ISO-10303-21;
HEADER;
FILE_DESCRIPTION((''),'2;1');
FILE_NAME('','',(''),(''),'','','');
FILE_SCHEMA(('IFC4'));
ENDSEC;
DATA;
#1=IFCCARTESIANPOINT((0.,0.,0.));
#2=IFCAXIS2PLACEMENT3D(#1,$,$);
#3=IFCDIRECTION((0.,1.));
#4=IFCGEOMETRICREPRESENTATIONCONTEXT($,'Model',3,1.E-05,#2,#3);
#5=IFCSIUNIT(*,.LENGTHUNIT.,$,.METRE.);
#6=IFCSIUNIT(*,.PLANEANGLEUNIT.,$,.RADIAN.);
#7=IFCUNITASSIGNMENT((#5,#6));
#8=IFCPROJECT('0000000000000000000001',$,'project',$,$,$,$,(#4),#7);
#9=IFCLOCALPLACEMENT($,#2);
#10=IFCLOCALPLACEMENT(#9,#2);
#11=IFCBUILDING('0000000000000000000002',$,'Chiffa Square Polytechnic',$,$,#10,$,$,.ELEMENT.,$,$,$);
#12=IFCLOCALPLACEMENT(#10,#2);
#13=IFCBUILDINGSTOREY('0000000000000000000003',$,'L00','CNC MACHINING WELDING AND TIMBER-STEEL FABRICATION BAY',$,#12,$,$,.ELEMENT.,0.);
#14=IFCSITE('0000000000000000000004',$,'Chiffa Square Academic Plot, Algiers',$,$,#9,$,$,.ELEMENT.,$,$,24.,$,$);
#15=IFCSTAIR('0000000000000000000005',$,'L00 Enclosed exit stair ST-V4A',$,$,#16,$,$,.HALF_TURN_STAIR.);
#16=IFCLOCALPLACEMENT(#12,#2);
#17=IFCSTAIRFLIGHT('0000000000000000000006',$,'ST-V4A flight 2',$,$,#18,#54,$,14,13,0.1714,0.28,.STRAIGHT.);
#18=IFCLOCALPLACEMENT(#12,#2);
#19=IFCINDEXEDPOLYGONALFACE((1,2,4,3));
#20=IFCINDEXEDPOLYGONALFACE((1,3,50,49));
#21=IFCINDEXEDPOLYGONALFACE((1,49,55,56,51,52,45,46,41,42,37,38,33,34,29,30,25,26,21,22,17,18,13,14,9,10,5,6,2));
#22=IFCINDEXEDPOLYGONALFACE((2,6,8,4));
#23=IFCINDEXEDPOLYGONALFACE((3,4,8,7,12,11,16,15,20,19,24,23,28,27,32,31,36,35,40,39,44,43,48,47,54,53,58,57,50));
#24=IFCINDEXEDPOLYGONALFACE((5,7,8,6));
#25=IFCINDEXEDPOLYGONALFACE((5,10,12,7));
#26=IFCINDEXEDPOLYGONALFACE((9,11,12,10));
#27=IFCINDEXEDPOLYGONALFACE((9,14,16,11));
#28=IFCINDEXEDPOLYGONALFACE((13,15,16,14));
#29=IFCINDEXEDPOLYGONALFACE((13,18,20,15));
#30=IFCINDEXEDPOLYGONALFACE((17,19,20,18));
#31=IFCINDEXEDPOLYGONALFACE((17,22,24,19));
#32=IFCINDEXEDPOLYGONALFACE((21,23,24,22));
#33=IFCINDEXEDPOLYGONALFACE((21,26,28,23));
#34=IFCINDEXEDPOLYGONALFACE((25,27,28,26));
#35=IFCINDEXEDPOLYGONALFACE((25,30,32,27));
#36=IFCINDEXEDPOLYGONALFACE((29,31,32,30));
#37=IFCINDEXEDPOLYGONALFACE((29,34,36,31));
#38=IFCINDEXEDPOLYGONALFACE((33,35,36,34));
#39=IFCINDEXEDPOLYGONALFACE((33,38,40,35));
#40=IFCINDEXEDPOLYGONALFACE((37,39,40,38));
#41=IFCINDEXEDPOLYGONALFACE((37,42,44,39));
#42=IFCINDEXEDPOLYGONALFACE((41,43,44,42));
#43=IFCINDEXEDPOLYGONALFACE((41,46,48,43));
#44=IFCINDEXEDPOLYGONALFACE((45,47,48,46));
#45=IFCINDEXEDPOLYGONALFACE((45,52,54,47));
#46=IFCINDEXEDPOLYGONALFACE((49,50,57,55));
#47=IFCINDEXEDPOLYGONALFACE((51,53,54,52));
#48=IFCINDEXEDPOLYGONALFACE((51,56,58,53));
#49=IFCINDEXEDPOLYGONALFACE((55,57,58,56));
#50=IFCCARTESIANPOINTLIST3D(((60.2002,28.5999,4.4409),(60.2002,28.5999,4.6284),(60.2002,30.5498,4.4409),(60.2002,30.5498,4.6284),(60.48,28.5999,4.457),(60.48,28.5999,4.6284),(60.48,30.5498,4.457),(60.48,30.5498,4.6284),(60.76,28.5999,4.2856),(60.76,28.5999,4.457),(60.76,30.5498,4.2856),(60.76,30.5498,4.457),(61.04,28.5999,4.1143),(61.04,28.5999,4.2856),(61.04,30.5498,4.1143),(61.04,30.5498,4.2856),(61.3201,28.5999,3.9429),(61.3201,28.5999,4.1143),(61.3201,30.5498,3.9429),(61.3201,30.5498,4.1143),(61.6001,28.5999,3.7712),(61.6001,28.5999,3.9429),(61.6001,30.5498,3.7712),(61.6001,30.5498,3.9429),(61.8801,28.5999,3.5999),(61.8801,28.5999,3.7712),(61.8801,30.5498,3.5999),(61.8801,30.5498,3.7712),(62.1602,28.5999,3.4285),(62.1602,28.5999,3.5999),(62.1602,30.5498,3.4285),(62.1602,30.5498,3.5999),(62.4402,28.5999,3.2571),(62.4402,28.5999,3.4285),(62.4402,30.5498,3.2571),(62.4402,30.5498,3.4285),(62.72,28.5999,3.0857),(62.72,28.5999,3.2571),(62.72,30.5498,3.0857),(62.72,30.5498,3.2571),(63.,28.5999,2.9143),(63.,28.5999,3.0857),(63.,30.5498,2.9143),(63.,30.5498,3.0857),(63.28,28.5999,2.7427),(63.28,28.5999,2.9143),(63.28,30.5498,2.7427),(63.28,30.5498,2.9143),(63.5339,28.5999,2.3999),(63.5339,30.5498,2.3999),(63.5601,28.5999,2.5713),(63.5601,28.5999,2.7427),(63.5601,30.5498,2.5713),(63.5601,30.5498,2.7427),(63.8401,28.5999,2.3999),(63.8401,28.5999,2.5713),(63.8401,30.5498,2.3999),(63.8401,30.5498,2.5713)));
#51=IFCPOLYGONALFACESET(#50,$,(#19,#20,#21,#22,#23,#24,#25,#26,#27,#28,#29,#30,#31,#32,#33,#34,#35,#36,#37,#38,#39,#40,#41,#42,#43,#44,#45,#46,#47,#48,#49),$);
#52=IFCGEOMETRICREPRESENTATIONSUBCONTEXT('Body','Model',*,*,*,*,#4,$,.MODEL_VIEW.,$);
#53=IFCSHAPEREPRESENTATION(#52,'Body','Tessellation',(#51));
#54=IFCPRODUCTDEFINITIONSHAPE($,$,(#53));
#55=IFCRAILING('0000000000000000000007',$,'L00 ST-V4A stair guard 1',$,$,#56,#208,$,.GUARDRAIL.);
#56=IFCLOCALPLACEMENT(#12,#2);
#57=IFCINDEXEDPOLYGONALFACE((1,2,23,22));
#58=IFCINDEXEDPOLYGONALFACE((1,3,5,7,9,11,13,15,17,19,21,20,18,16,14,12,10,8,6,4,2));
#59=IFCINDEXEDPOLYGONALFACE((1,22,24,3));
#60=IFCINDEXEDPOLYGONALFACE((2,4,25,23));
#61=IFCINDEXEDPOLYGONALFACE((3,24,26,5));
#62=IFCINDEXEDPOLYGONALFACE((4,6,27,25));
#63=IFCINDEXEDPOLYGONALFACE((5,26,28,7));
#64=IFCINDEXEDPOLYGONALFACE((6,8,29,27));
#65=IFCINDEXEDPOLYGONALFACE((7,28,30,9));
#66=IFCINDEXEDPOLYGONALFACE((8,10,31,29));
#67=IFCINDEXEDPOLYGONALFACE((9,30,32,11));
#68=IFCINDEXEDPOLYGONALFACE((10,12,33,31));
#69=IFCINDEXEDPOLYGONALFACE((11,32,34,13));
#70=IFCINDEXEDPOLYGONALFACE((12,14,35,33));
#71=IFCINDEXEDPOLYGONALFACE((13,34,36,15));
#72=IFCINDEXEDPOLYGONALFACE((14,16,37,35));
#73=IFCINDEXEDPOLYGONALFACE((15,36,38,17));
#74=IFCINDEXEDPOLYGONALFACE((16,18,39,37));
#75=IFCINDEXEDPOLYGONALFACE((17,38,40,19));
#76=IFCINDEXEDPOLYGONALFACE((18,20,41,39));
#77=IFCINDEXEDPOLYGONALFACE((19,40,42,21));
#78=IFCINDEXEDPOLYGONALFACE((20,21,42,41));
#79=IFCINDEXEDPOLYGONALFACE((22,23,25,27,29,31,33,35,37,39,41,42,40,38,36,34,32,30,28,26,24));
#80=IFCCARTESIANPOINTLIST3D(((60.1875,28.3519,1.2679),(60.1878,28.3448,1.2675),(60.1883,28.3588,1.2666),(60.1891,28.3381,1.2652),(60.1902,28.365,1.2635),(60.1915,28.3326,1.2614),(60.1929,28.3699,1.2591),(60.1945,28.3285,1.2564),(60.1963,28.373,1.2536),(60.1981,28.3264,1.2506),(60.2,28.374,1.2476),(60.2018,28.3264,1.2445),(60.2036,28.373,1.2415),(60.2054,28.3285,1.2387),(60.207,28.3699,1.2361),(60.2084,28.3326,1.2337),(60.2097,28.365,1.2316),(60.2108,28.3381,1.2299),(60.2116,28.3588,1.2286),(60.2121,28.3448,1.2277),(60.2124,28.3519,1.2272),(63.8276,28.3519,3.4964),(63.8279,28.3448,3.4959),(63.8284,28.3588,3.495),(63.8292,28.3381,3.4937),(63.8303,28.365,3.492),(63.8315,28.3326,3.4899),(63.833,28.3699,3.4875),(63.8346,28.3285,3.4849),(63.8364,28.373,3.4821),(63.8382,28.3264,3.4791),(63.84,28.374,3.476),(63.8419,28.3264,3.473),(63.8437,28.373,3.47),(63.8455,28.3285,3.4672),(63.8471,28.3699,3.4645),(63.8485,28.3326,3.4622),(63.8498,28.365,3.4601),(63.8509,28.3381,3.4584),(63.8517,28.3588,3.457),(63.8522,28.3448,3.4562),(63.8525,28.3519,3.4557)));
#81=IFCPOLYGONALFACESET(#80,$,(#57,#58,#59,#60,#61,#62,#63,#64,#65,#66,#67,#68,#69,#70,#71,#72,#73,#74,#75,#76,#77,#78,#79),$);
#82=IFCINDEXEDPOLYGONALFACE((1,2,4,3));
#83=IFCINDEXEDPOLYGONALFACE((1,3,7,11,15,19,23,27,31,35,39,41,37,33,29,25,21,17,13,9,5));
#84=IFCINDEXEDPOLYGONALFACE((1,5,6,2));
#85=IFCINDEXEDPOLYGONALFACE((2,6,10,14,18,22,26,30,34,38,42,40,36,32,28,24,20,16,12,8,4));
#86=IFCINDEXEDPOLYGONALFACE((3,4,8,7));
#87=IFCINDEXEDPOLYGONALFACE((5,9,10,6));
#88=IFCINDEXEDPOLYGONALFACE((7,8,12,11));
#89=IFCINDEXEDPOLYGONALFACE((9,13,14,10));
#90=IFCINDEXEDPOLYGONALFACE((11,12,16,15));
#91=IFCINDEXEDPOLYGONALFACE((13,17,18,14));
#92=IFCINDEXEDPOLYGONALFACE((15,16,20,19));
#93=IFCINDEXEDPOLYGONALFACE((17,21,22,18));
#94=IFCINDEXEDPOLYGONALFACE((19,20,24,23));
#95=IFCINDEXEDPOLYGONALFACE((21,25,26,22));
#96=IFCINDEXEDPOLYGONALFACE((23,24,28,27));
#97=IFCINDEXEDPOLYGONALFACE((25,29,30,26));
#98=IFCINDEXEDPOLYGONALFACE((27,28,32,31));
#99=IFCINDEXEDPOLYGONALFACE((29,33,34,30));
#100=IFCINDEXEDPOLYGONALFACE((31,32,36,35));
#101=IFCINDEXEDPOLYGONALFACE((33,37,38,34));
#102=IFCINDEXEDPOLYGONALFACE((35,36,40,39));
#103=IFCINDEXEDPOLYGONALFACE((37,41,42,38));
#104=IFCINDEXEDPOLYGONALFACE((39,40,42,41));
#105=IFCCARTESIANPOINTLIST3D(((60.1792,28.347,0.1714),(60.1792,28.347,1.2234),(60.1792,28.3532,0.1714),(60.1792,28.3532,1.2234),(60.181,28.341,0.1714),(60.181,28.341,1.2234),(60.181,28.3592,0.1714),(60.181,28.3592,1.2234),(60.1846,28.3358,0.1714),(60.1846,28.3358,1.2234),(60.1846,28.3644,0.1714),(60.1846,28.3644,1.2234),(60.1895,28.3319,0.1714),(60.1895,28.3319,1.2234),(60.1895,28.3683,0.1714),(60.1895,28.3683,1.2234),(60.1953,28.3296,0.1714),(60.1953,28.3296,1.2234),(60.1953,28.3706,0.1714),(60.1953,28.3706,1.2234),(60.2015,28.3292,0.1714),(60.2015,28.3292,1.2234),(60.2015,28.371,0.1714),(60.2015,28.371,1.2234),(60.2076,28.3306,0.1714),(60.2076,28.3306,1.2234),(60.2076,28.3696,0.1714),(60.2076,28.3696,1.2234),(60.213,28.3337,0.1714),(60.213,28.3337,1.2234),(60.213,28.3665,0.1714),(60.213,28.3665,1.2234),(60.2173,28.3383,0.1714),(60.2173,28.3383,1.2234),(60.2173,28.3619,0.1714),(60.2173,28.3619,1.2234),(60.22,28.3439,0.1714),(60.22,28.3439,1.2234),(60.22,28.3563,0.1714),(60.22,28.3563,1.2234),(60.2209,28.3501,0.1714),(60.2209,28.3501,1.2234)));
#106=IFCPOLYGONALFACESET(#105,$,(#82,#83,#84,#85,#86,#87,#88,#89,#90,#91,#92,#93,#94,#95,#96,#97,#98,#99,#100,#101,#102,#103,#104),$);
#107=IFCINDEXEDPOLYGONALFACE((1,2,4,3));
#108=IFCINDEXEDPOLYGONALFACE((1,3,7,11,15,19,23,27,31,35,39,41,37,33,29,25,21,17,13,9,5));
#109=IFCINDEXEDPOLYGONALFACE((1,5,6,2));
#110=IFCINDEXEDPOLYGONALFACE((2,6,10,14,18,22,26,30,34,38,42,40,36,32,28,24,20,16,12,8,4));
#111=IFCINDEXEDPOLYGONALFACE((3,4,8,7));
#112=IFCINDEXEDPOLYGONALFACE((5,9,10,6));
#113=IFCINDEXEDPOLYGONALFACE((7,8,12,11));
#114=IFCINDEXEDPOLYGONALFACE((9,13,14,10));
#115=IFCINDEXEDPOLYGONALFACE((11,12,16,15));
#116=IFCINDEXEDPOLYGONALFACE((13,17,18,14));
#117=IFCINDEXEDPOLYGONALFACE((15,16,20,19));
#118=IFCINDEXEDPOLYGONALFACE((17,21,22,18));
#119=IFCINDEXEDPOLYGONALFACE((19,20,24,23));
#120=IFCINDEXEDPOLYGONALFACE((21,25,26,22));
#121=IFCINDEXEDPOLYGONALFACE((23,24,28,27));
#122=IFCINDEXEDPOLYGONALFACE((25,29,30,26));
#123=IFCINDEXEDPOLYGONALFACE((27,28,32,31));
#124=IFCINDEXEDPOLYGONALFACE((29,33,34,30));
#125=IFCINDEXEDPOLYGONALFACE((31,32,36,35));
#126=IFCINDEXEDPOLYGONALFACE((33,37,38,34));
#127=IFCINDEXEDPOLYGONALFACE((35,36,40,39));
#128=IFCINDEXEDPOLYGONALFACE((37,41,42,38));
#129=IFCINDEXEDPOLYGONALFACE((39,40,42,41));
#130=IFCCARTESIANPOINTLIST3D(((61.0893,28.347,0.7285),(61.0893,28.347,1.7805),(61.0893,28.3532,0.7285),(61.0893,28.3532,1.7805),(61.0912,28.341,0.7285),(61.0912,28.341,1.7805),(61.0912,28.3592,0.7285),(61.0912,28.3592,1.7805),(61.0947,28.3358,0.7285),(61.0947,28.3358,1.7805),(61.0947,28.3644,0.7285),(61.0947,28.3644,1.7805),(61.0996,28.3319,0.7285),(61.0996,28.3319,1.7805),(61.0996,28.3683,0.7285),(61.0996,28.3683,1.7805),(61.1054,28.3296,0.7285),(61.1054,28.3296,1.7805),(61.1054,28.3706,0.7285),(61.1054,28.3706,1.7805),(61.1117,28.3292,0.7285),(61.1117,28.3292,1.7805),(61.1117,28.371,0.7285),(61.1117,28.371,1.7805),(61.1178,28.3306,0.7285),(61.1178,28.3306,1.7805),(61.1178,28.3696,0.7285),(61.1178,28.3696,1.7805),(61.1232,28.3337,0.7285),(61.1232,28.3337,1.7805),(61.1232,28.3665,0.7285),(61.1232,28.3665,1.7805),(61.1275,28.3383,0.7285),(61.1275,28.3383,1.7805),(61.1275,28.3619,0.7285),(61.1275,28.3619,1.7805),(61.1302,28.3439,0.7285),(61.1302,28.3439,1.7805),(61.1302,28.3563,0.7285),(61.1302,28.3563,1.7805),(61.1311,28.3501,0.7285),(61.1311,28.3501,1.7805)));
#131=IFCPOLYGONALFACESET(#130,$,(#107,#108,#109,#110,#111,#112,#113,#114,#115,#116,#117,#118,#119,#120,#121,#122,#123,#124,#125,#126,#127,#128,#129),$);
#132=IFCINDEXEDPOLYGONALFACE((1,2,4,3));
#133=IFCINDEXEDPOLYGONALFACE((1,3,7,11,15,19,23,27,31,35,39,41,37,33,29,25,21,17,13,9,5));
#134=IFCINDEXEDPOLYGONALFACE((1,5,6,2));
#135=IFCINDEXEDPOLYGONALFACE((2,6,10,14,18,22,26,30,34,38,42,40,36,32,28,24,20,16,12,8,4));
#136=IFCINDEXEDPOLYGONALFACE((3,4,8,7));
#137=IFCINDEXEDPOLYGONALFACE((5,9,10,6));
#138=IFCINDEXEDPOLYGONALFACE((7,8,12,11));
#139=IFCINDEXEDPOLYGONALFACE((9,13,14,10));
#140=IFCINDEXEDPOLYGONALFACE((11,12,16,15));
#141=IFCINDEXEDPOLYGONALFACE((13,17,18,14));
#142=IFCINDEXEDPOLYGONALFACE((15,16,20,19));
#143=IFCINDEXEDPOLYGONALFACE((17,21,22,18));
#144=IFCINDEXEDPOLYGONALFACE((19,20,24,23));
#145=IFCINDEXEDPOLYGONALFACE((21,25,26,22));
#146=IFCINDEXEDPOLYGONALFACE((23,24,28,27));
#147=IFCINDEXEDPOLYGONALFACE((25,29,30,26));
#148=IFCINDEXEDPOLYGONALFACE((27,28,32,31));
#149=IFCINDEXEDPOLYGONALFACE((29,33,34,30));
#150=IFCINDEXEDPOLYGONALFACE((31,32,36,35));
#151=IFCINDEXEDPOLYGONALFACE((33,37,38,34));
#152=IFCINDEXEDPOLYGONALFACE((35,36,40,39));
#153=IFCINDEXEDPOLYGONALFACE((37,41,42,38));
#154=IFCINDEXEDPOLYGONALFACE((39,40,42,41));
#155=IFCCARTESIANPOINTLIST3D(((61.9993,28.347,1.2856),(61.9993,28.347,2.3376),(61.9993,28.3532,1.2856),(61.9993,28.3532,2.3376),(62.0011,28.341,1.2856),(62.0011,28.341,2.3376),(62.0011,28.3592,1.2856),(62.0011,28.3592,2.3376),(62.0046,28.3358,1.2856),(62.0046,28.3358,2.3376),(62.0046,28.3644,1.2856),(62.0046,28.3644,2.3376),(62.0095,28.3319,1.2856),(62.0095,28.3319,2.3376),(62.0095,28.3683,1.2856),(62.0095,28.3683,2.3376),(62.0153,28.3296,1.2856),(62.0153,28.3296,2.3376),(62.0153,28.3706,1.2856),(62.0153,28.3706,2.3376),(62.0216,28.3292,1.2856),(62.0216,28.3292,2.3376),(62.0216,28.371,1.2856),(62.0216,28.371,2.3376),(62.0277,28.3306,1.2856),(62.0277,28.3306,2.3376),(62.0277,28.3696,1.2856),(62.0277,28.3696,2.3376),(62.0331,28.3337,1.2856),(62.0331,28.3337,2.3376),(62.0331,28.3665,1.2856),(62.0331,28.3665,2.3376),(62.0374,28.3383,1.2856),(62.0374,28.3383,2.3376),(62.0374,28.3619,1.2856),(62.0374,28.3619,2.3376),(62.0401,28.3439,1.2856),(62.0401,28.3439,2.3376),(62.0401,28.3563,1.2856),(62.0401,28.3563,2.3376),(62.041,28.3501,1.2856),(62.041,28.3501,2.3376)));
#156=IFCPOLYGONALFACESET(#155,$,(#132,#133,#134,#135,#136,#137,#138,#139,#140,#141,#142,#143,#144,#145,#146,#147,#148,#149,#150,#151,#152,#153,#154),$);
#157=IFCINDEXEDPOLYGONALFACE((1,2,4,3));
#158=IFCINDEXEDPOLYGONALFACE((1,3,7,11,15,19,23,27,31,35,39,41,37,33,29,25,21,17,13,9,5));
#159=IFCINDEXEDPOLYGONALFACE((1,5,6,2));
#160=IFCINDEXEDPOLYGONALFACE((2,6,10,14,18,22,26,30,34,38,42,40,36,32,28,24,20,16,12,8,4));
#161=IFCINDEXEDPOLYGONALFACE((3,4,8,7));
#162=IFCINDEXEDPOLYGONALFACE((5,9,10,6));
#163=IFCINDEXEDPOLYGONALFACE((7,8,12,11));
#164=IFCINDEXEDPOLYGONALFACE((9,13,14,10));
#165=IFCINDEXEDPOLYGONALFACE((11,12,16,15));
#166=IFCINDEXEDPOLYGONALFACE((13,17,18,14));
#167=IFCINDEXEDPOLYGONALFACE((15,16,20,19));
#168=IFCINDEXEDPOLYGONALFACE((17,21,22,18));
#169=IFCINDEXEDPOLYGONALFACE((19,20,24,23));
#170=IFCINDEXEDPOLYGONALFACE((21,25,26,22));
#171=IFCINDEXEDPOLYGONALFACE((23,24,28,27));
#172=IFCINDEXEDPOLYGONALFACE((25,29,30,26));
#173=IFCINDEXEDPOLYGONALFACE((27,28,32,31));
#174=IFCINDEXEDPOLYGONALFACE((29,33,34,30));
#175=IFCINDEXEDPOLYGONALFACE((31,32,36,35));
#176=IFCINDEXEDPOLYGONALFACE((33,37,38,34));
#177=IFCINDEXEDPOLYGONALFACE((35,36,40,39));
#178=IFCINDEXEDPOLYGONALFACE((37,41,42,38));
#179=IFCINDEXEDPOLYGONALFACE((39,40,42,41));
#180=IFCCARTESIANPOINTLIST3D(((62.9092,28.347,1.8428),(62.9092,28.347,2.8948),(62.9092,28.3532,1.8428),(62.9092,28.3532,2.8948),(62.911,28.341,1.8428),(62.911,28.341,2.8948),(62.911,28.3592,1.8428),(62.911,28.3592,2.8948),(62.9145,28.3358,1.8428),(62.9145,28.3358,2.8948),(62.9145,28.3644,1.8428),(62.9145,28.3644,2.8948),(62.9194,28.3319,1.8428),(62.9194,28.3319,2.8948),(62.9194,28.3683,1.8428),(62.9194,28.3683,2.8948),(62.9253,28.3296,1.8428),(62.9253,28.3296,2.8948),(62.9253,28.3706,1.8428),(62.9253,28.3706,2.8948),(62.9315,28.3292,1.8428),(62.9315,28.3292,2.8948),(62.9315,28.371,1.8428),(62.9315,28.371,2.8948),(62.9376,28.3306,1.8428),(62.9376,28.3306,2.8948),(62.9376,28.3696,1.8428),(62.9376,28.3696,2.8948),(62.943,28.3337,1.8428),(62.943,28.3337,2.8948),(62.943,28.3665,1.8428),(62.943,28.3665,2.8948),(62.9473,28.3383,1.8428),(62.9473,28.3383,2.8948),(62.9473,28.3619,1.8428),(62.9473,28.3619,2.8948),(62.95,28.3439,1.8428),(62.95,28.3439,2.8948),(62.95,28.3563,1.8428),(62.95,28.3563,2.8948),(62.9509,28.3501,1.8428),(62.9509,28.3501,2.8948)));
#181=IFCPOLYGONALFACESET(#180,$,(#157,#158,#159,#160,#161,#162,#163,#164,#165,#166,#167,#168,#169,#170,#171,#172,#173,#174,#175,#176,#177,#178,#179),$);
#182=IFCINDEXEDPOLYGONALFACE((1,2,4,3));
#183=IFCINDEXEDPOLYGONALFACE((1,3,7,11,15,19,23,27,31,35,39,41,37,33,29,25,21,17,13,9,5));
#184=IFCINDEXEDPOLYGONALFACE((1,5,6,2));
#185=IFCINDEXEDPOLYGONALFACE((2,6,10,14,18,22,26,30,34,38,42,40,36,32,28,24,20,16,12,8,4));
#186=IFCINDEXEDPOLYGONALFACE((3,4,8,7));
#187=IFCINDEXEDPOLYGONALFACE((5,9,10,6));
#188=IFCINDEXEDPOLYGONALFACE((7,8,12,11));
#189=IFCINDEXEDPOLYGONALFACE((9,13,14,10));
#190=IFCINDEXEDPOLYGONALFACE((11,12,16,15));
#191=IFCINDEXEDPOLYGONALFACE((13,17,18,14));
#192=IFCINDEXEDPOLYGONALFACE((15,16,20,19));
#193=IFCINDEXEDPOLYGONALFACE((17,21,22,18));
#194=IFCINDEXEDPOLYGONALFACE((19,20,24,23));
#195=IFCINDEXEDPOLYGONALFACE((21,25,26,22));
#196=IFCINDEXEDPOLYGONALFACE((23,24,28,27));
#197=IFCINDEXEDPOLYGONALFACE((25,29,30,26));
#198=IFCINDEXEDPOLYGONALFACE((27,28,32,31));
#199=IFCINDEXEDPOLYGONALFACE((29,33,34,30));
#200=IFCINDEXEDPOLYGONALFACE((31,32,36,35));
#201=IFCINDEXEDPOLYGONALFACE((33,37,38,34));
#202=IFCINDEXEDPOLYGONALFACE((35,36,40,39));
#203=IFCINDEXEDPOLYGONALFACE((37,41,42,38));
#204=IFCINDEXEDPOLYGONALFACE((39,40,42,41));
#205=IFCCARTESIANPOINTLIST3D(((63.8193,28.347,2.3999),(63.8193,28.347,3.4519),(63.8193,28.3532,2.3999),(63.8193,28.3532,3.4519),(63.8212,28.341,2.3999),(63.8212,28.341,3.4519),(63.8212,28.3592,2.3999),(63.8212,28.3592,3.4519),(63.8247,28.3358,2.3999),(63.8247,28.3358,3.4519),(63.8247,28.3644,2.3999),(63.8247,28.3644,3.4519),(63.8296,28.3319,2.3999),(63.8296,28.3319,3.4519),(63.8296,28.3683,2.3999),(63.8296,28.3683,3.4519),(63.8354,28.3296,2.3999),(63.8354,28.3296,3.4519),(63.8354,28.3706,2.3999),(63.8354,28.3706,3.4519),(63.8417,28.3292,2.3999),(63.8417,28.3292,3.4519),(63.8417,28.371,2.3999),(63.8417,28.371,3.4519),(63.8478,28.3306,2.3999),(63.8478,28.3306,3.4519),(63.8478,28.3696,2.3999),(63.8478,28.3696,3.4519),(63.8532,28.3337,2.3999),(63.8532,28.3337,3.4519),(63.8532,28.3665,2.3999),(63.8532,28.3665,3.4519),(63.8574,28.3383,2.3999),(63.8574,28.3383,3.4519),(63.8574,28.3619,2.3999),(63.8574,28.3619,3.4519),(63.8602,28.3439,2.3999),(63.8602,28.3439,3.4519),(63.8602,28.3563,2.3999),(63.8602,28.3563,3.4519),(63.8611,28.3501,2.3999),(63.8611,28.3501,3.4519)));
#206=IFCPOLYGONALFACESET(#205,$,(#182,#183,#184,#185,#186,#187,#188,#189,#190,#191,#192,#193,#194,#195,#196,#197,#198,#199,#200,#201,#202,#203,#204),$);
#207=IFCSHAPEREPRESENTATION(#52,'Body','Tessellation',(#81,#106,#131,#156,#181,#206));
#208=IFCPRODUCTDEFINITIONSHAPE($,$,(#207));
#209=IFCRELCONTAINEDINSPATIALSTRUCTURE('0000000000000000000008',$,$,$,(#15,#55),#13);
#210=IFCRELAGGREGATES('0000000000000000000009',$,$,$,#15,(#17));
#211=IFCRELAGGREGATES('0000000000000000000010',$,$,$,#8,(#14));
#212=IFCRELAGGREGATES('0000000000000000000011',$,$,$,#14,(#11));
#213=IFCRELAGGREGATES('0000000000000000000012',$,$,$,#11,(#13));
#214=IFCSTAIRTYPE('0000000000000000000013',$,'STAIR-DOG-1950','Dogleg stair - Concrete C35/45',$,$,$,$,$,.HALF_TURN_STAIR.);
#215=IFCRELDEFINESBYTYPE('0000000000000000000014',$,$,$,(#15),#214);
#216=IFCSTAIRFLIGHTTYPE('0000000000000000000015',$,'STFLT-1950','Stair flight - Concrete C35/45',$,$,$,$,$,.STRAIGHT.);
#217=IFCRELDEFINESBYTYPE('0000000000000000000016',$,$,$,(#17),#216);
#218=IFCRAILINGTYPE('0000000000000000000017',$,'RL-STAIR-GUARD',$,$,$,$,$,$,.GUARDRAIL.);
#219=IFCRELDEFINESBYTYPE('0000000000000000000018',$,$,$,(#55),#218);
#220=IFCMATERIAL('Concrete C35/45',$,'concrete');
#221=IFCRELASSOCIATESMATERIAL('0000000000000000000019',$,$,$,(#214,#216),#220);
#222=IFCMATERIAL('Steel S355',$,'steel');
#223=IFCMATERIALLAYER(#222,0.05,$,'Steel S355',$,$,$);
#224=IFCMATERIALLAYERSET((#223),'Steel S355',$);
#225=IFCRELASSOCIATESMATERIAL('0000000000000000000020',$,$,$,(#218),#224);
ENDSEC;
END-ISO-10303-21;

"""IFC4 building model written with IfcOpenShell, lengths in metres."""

from ifc_helpers import new_model, si_unit, direction, frame, origin, origin_2d, place, context, subcontext, project, spatial, polyline, circle, outline, extrude, material, layer, layer_set, type_object, element, aggregate, save


model = new_model("IFC4")

# Units and contexts
model_context = context("Model", 3, precision=1e-05, world=origin(), true_north=direction((0.0, 1.0)))
body_context = subcontext(model_context, "Body", "Model", "MODEL_VIEW")
ifc_project = project(units=[si_unit("LENGTHUNIT", "METRE"), si_unit("PLANEANGLEUNIT", "RADIAN")], contexts=[model_context])

# Site, building, storey
site_placement = place(None, origin())
site = spatial("IfcSite", under=ifc_project, at=site_placement, Name="Chiffa Square Academic Plot, Algiers", CompositionType="ELEMENT", RefElevation=24.0)
building_placement = place(site_placement, origin())
building = spatial("IfcBuilding", under=site, at=building_placement, Name="Chiffa Square Polytechnic", CompositionType="ELEMENT")
storey_placement = place(building_placement, origin())
storey = spatial("IfcBuildingStorey", under=building, at=storey_placement, Name="L00", Description="CNC MACHINING WELDING AND TIMBER-STEEL FABRICATION BAY", CompositionType="ELEMENT", Elevation=0.0)

# Shared definitions
ifc_material_1 = material(Name="Concrete C35/45", Category="concrete")

# Stair, stair flight
stair_type = type_object("IfcStairType", Name="STAIR-DOG-1950", Description="Dogleg stair - Concrete C35/45", PredefinedType="HALF_TURN_STAIR", material=ifc_material_1)
stair_placement = place(storey_placement, origin())
stair = element("IfcStair", 1, at=stair_placement, inside=storey, type_object=stair_type, Name="L00 Enclosed exit stair ST-V4A", PredefinedType="HALF_TURN_STAIR")
stair_flight_type = type_object("IfcStairFlightType", Name="STFLT-1950", Description="Stair flight - Concrete C35/45", PredefinedType="STRAIGHT", material=ifc_material_1)
stair_flight_1_placement = place(storey_placement, frame((63.8401, 29.575, 2.3999), z_axis=(0.0, 0.0, 1.0), x_axis=(-1.0, 0.0, 0.0)))
stair_flight_1 = element("IfcStairFlight", 2, at=stair_flight_1_placement, type_object=stair_flight_type, Name="ST-V4A flight 2", NumberOfRisers=14, NumberOfTreads=13, PredefinedType="STRAIGHT", RiserHeight=0.1714, TreadLength=0.28, context=body_context, shape_type="SweptSolid", body=[
    extrude(outline(polyline([(0.0, 0.0), (0.0, 0.1714), (0.28, 0.1714), (0.28, 0.3428), (0.5601, 0.3428), (0.5601, 0.5144), (0.8401, 0.5144), (0.8401, 0.6858), (1.1201, 0.6858), (1.1201, 0.8572), (1.3999, 0.8572), (1.3999, 1.0286), (1.6799, 1.0286), (1.6799, 1.2), (1.96, 1.2), (1.96, 1.3713), (2.24, 1.3713), (2.24, 1.543), (2.52, 1.543), (2.52, 1.7144), (2.8, 1.7144), (2.8, 1.8857), (3.0801, 1.8857), (3.0801, 2.0571), (3.3601, 2.0571), (3.3601, 2.2285), (3.6399, 2.2285), (3.6399, 2.3999), (3.6399, 2.041), (0.3062, 0.0), (0.0, 0.0)])), frame((0.0, 0.9751, 0.0), z_axis=(0.0, -1.0, 0.0), x_axis=(1.0, 0.0, 0.0)), (0.0, 0.0, 1.0), 1.95),
])
aggregate(stair, [stair_flight_1])

# Railing
ifc_material_2 = material(Name="Steel S355", Category="steel")
ifc_layer_1 = layer(ifc_material_2, 0.05, Name="Steel S355")
ifc_layer_set_1 = layer_set([ifc_layer_1], Name="Steel S355")
railing_type_1 = type_object("IfcRailingType", Name="RL-STAIR-GUARD", PredefinedType="GUARDRAIL", material=ifc_layer_set_1)
railing_1_placement = place(storey_placement, frame((60.2, 28.3501, 0.1714)))
element("IfcRailing", 3, at=railing_1_placement, inside=storey, type_object=railing_type_1, Name="L00 ST-V4A stair guard 1", PredefinedType="GUARDRAIL", context=body_context, shape_type="SweptSolid", body=[
    extrude(circle(Radius=0.0239, at=origin_2d()), frame((0.0, 0.0, 1.0762), z_axis=(0.852866, 0.0, 0.52213), x_axis=(0.0, 1.0, 0.0)), (0.0, 0.0, 1.0), 4.2681),
    extrude(circle(Radius=0.021, at=origin_2d()), origin(), (0.0, 0.0, 1.0), 1.052),
    extrude(circle(Radius=0.021, at=origin_2d()), frame((0.9102, 0.0, 0.5571)), (0.0, 0.0, 1.0), 1.052),
    extrude(circle(Radius=0.021, at=origin_2d()), frame((1.8201, 0.0, 1.1143)), (0.0, 0.0, 1.0), 1.052),
    extrude(circle(Radius=0.021, at=origin_2d()), frame((2.73, 0.0, 1.6714)), (0.0, 0.0, 1.0), 1.052),
    extrude(circle(Radius=0.021, at=origin_2d()), frame((3.6401, 0.0, 2.2285)), (0.0, 0.0, 1.0), 1.052),
])

save(model, "model.ifc")
